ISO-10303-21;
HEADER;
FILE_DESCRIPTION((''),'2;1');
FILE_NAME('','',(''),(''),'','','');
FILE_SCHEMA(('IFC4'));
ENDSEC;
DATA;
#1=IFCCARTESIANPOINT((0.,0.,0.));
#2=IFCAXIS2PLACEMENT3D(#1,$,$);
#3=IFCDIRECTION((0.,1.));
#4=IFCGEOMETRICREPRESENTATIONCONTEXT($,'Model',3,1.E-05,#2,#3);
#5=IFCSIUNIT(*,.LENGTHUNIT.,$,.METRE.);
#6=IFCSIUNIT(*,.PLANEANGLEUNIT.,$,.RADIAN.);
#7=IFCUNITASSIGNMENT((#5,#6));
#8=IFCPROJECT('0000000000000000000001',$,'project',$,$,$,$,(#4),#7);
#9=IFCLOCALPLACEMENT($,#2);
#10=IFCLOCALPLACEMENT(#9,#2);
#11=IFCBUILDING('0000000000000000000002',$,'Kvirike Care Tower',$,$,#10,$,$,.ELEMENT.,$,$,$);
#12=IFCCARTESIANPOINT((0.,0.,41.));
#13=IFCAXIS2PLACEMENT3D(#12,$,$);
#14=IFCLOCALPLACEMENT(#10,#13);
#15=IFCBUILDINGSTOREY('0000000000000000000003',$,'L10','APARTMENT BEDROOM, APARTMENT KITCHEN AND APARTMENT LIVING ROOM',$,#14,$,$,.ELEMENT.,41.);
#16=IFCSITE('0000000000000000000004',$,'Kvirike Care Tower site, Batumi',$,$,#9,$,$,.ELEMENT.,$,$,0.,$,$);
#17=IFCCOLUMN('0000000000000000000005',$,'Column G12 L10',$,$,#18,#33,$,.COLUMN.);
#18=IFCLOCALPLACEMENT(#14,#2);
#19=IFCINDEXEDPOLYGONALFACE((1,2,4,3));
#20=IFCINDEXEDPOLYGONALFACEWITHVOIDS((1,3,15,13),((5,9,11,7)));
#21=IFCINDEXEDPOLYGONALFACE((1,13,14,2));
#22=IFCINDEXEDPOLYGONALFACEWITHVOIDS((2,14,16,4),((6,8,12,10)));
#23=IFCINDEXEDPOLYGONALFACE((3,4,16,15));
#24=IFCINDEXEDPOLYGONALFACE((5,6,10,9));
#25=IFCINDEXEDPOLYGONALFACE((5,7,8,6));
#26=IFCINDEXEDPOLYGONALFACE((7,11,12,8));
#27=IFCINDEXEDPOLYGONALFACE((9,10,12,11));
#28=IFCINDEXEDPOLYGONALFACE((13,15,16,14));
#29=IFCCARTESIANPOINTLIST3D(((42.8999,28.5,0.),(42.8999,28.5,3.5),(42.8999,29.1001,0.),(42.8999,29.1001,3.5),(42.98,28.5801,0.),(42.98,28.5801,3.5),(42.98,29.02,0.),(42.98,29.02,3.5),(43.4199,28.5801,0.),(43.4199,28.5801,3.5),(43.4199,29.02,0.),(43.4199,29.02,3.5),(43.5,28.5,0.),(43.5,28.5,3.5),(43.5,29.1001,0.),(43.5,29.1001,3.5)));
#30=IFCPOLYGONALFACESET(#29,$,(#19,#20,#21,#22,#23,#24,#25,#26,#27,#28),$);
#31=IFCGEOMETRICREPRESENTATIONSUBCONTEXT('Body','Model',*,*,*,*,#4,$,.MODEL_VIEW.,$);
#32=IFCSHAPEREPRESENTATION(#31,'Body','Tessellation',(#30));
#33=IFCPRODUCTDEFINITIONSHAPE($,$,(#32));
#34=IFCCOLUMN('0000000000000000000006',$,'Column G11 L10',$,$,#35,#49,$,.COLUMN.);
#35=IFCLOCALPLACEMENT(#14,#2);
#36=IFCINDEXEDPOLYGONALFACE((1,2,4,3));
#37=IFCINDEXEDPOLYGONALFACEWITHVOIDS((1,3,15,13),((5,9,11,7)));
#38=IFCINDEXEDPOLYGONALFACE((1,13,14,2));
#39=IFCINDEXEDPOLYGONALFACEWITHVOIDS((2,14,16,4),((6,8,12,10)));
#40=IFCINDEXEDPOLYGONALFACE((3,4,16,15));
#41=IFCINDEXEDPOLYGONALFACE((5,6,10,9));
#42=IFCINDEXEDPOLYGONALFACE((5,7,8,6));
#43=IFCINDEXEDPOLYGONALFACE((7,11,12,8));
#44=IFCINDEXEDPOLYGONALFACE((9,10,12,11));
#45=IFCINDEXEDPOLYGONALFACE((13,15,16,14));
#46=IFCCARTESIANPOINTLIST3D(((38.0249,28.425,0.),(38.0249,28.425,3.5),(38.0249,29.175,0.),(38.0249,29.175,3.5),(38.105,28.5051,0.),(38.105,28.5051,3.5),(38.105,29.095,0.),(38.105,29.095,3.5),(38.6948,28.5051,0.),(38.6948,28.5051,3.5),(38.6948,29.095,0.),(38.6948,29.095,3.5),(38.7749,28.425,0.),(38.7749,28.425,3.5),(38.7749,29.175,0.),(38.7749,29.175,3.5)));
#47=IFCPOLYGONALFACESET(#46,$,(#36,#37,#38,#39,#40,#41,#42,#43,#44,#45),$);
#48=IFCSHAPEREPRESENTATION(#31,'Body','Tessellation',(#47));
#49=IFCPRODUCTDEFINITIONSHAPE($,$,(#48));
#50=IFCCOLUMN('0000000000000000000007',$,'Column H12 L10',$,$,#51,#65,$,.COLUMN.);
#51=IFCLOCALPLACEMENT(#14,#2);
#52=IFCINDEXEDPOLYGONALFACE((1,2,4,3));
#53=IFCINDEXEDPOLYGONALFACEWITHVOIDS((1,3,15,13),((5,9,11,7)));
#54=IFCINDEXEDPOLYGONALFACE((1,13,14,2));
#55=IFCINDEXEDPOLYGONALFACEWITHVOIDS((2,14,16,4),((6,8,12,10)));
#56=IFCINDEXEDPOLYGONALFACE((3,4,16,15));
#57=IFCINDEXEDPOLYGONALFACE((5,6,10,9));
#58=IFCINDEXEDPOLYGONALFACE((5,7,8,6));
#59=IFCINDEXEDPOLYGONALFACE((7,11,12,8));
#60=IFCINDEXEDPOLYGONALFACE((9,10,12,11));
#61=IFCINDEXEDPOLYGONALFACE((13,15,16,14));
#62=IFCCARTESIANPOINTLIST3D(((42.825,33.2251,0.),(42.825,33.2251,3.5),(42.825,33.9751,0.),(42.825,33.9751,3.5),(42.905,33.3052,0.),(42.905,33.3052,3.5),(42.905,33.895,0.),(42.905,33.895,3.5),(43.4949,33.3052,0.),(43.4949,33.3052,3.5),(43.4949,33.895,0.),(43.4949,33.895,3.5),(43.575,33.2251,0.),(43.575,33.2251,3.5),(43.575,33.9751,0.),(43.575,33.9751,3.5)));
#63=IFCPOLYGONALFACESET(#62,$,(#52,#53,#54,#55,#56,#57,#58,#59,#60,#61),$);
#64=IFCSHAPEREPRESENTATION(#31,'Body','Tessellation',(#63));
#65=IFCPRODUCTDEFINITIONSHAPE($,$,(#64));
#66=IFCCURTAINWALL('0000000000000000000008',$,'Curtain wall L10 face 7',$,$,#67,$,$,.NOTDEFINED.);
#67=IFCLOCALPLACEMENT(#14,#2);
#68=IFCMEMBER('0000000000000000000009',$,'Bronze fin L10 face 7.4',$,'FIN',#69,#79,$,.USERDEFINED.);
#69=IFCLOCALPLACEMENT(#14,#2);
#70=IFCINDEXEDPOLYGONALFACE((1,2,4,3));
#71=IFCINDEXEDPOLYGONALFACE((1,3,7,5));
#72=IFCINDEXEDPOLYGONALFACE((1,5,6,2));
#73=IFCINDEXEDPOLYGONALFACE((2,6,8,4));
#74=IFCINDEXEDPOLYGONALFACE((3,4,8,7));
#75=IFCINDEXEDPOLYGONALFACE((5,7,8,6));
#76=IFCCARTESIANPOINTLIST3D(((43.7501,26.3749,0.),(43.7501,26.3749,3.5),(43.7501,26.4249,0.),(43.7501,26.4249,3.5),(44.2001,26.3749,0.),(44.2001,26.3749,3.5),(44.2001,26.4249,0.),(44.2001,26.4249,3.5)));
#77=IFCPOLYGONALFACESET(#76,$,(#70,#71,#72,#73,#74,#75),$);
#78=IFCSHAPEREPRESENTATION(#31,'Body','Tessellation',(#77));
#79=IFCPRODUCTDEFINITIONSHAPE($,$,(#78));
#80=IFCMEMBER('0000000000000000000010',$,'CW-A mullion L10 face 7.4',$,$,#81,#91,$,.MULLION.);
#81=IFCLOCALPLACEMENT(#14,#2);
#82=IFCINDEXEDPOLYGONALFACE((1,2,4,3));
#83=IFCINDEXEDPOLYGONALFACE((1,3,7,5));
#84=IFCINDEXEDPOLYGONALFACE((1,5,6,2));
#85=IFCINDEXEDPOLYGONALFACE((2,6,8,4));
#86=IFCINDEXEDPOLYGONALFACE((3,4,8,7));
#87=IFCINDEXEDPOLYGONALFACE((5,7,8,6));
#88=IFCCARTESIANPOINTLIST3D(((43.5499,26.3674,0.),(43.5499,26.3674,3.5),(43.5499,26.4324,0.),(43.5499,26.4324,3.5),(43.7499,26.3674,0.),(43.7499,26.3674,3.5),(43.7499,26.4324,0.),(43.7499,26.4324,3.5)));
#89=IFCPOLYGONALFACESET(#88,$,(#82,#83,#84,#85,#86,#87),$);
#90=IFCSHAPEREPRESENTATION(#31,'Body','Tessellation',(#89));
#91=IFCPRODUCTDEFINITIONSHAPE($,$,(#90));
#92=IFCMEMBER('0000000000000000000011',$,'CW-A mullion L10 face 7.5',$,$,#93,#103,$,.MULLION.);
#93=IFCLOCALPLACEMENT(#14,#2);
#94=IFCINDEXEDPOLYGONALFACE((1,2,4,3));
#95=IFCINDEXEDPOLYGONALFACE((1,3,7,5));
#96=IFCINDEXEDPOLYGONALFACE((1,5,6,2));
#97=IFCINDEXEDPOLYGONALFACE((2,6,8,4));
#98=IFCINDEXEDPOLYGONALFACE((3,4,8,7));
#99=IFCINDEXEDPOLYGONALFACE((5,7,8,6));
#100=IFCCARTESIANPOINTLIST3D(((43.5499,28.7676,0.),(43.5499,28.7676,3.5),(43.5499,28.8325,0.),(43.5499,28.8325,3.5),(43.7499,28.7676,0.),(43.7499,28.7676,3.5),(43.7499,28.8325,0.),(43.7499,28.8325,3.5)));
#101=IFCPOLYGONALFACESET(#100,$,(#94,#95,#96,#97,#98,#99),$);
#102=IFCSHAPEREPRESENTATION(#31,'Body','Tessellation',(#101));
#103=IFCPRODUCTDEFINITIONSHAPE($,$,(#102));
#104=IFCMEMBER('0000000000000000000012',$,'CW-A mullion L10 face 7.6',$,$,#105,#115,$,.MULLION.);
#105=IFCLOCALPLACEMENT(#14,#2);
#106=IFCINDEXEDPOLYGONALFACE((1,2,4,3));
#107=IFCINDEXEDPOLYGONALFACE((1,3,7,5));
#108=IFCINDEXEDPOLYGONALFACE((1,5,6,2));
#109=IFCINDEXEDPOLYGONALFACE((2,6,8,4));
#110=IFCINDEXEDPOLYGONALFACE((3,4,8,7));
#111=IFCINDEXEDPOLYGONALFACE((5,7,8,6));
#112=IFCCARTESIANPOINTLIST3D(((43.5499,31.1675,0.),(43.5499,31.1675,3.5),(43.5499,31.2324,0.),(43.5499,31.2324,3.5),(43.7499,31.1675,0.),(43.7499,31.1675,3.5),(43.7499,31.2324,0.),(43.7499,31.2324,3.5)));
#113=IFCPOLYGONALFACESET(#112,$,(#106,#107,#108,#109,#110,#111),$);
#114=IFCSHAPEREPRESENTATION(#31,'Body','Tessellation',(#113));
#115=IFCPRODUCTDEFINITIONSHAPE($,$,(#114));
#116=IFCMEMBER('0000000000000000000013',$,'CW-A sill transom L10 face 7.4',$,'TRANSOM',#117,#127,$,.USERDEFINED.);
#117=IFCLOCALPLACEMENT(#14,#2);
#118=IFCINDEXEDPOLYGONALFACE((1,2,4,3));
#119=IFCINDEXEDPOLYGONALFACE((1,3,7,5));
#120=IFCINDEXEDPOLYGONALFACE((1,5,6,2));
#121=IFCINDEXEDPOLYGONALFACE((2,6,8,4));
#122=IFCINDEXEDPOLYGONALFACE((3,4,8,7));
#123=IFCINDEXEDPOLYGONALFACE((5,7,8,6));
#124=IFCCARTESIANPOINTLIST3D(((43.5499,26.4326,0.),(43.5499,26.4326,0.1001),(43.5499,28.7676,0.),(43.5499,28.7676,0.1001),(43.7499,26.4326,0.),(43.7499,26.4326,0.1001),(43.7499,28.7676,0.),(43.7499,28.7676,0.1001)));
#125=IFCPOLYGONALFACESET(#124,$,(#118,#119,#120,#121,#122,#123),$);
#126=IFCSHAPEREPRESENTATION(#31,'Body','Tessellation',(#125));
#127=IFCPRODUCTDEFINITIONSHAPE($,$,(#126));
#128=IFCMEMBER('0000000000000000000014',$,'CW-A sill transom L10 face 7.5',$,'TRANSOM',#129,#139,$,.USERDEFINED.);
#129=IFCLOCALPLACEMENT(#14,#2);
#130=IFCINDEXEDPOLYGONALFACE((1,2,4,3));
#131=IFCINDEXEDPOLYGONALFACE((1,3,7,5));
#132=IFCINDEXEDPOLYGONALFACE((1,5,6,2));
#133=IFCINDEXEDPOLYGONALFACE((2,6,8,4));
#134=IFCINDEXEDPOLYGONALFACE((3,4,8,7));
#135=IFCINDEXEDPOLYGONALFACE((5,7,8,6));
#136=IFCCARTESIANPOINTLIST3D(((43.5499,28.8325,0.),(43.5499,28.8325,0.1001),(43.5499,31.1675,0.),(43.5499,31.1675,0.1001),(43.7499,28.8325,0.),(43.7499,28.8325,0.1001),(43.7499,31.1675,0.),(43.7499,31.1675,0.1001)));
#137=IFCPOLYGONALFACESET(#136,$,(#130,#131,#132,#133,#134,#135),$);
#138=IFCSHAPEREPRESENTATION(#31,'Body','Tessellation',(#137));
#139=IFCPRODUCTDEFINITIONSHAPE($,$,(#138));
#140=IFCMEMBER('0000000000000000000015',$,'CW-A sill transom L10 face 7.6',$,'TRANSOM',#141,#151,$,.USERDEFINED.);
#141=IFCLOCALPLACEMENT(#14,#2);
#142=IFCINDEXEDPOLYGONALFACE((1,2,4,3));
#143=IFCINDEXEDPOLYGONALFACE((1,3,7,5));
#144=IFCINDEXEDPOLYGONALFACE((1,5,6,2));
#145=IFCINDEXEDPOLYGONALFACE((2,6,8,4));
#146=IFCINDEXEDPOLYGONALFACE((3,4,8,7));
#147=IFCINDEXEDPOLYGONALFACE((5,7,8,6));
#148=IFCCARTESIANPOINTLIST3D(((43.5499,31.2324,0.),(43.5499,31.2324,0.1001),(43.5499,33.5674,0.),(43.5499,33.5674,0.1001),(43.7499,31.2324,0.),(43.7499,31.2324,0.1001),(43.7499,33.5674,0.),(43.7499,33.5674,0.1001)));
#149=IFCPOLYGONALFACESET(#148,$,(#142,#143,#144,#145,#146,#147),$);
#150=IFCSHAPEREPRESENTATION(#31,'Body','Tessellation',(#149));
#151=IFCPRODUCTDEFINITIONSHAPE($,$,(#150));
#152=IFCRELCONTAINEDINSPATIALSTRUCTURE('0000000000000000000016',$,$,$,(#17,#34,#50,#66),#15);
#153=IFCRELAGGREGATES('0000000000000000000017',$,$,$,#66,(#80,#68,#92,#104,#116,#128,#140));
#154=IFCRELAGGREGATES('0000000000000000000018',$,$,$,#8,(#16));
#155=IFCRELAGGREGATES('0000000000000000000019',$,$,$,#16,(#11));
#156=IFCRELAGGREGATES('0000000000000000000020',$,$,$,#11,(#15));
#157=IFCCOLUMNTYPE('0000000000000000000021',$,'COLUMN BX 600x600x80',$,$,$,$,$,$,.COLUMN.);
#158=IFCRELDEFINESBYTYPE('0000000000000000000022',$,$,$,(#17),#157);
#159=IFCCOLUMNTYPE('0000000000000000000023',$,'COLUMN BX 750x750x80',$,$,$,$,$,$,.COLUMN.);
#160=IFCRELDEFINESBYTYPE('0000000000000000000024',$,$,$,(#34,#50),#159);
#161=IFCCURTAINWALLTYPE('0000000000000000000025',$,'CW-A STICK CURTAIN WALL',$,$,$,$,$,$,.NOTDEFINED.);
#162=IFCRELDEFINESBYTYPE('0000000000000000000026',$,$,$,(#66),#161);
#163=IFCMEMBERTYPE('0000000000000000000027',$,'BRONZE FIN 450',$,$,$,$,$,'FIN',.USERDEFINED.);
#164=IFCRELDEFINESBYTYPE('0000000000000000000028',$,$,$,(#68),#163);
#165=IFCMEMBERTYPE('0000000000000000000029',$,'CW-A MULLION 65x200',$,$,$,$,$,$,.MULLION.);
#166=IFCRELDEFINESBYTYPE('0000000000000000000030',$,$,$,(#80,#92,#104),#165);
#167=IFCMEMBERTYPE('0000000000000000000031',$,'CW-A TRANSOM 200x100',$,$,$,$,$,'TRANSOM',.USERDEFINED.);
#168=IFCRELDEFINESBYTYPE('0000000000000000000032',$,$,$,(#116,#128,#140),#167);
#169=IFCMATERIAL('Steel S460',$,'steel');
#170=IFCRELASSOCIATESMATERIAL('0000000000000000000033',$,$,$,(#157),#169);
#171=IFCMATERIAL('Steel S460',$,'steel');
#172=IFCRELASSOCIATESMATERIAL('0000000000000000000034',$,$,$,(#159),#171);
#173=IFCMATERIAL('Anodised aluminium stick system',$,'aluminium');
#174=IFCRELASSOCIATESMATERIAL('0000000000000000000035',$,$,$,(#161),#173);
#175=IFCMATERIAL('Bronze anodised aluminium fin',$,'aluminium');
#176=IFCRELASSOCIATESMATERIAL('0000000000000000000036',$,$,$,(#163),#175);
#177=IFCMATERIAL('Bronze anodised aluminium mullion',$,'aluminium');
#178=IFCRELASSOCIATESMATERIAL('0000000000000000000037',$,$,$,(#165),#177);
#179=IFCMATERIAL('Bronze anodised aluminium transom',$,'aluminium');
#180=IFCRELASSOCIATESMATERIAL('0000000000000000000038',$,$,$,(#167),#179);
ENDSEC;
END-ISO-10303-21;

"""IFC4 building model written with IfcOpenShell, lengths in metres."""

from ifc_helpers import new_model, si_unit, direction, frame, origin, origin_2d, place, context, subcontext, project, spatial, rectangle, hollow_rectangle, extrude, material, material_profile, profile_set, type_object, element, aggregate, save


model = new_model("IFC4")

# Units and contexts
model_context = context("Model", 3, precision=1e-05, world=origin(), true_north=direction((0.0, 1.0)))
body_context = subcontext(model_context, "Body", "Model", "MODEL_VIEW")
ifc_project = project(units=[si_unit("LENGTHUNIT", "METRE"), si_unit("PLANEANGLEUNIT", "RADIAN")], contexts=[model_context])

# Site, building, storey
site_placement = place(None, origin())
site = spatial("IfcSite", under=ifc_project, at=site_placement, Name="Kvirike Care Tower site, Batumi", CompositionType="ELEMENT", RefElevation=0.0)
building_placement = place(site_placement, origin())
building = spatial("IfcBuilding", under=site, at=building_placement, Name="Kvirike Care Tower", CompositionType="ELEMENT")
storey_placement = place(building_placement, frame((0.0, 0.0, 41.0)))
storey = spatial("IfcBuildingStorey", under=building, at=storey_placement, Name="L10", Description="APARTMENT BEDROOM, APARTMENT KITCHEN AND APARTMENT LIVING ROOM", CompositionType="ELEMENT", Elevation=41.0)

# Columns
ifc_material_1 = material(Name="Steel S460", Category="steel")
ifc_material_profile_1 = material_profile(ifc_material_1, hollow_rectangle(XDim=0.6001, YDim=0.6001, WallThickness=0.0801, at=origin_2d()), Name="BX 600x600x80")
ifc_profile_set_1 = profile_set([ifc_material_profile_1], Name="Steel S460")
column_type_1 = type_object("IfcColumnType", Name="COLUMN BX 600x600x80", PredefinedType="COLUMN", material=ifc_profile_set_1)
column_placement = place(storey_placement, frame((43.2, 28.8, 0.0), z_axis=(0.0, 0.0, 1.0), x_axis=(0.0, 1.0, 0.0)))
element("IfcColumn", 1, at=column_placement, inside=storey, type_object=column_type_1, Name="Column G12 L10", PredefinedType="COLUMN", context=body_context, shape_type="SweptSolid", body=[
    extrude(hollow_rectangle(XDim=0.6001, YDim=0.6001, WallThickness=0.0801, at=origin_2d()), origin(), (0.0, 0.0, 1.0), 3.5),
])
ifc_material_2 = material(Name="Steel S460", Category="steel")
ifc_material_profile_2 = material_profile(ifc_material_2, hollow_rectangle(XDim=0.75, YDim=0.75, WallThickness=0.0801, at=origin_2d()), Name="BX 750x750x80")
ifc_profile_set_2 = profile_set([ifc_material_profile_2], Name="Steel S460")
column_type_2 = type_object("IfcColumnType", Name="COLUMN BX 750x750x80", PredefinedType="COLUMN", material=ifc_profile_set_2)
for number, where, z_axis, x_axis, name in (
    (2, (38.3999, 28.8, 0.0), (0.0, 0.0, 1.0), (0.0, 1.0, 0.0), "Column G11 L10"),
    (3, (43.2, 33.6001, 0.0), (0.0, 0.0, 1.0), (1.0, 0.0, 0.0), "Column H12 L10"),
):
    element("IfcColumn", number, at=place(storey_placement, frame(where, z_axis=z_axis, x_axis=x_axis)), inside=storey, type_object=column_type_2, Name=name, PredefinedType="COLUMN", context=body_context, shape_type="SweptSolid", body=[
        extrude(hollow_rectangle(XDim=0.75, YDim=0.75, WallThickness=0.0801, at=origin_2d()), origin(), (0.0, 0.0, 1.0), 3.5),
    ])

# Curtain wall, members
ifc_material_3 = material(Name="Anodised aluminium stick system", Category="aluminium")
curtain_wall_type = type_object("IfcCurtainWallType", Name="CW-A STICK CURTAIN WALL", PredefinedType="NOTDEFINED", material=ifc_material_3)
curtain_wall_placement = place(storey_placement, origin())
curtain_wall = element("IfcCurtainWall", 4, at=curtain_wall_placement, inside=storey, type_object=curtain_wall_type, Name="Curtain wall L10 face 7", PredefinedType="NOTDEFINED")
ifc_material_4 = material(Name="Bronze anodised aluminium fin", Category="aluminium")
ifc_material_profile_3 = material_profile(ifc_material_4, rectangle(XDim=0.05, YDim=0.45, at=origin_2d()), Name="BRONZE FIN 450")
ifc_profile_set_3 = profile_set([ifc_material_profile_3], Name="Bronze anodised aluminium fin")
member_type_1 = type_object("IfcMemberType", Name="BRONZE FIN 450", ElementType="FIN", PredefinedType="USERDEFINED", material=ifc_profile_set_3)
member_1_placement = place(storey_placement, frame((43.9751, 26.3999, 0.0), z_axis=(0.0, 0.0, 1.0), x_axis=(0.0, 1.0, 0.0)))
member_1 = element("IfcMember", 5, at=member_1_placement, type_object=member_type_1, Name="Bronze fin L10 face 7.4", ObjectType="FIN", PredefinedType="USERDEFINED", context=body_context, shape_type="SweptSolid", body=[
    extrude(rectangle(XDim=0.05, YDim=0.45, at=origin_2d()), origin(), (0.0, 0.0, 1.0), 3.5),
])
ifc_material_5 = material(Name="Bronze anodised aluminium mullion", Category="aluminium")
ifc_material_profile_4 = material_profile(ifc_material_5, rectangle(XDim=0.0649, YDim=0.2, at=origin_2d()), Name="CW-A MULLION 65x200")
ifc_profile_set_4 = profile_set([ifc_material_profile_4], Name="Bronze anodised aluminium mullion")
member_type_2 = type_object("IfcMemberType", Name="CW-A MULLION 65x200", PredefinedType="MULLION", material=ifc_profile_set_4)
member_2_placement = place(storey_placement, frame((43.6499, 26.3999, 0.0), z_axis=(0.0, 0.0, 1.0), x_axis=(0.0, 1.0, 0.0)))
member_2 = element("IfcMember", 6, at=member_2_placement, type_object=member_type_2, Name="CW-A mullion L10 face 7.4", PredefinedType="MULLION", context=body_context, shape_type="SweptSolid", body=[
    extrude(rectangle(XDim=0.0649, YDim=0.2, at=origin_2d()), origin(), (0.0, 0.0, 1.0), 3.5),
])
member_3_placement = place(storey_placement, frame((43.6499, 28.8, 0.0), z_axis=(0.0, 0.0, 1.0), x_axis=(0.0, 1.0, 0.0)))
member_3 = element("IfcMember", 7, at=member_3_placement, type_object=member_type_2, Name="CW-A mullion L10 face 7.5", PredefinedType="MULLION", context=body_context, shape_type="SweptSolid", body=[
    extrude(rectangle(XDim=0.0649, YDim=0.2, at=origin_2d()), origin(), (0.0, 0.0, 1.0), 3.5),
])
member_4_placement = place(storey_placement, frame((43.6499, 31.2, 0.0), z_axis=(0.0, 0.0, 1.0), x_axis=(0.0, 1.0, 0.0)))
member_4 = element("IfcMember", 8, at=member_4_placement, type_object=member_type_2, Name="CW-A mullion L10 face 7.6", PredefinedType="MULLION", context=body_context, shape_type="SweptSolid", body=[
    extrude(rectangle(XDim=0.0649, YDim=0.2, at=origin_2d()), origin(), (0.0, 0.0, 1.0), 3.5),
])
ifc_material_6 = material(Name="Bronze anodised aluminium transom", Category="aluminium")
ifc_material_profile_5 = material_profile(ifc_material_6, rectangle(XDim=0.2, YDim=0.1001, at=origin_2d()), Name="CW-A TRANSOM 200x100")
ifc_profile_set_5 = profile_set([ifc_material_profile_5], Name="Bronze anodised aluminium transom")
member_type_3 = type_object("IfcMemberType", Name="CW-A TRANSOM 200x100", ElementType="TRANSOM", PredefinedType="USERDEFINED", material=ifc_profile_set_5)
member_5_placement = place(storey_placement, frame((43.6499, 26.4326, 0.05), z_axis=(0.0, 1.0, 0.0), x_axis=(-1.0, 0.0, 0.0)))
member_5 = element("IfcMember", 9, at=member_5_placement, type_object=member_type_3, Name="CW-A sill transom L10 face 7.4", ObjectType="TRANSOM", PredefinedType="USERDEFINED", context=body_context, shape_type="SweptSolid", body=[
    extrude(rectangle(XDim=0.2, YDim=0.1001, at=origin_2d()), origin(), (0.0, 0.0, 1.0), 2.335),
])
member_6_placement = place(storey_placement, frame((43.6499, 28.8325, 0.05), z_axis=(0.0, 1.0, 0.0), x_axis=(-1.0, 0.0, 0.0)))
member_6 = element("IfcMember", 10, at=member_6_placement, type_object=member_type_3, Name="CW-A sill transom L10 face 7.5", ObjectType="TRANSOM", PredefinedType="USERDEFINED", context=body_context, shape_type="SweptSolid", body=[
    extrude(rectangle(XDim=0.2, YDim=0.1001, at=origin_2d()), origin(), (0.0, 0.0, 1.0), 2.335),
])
member_7_placement = place(storey_placement, frame((43.6499, 31.2324, 0.05), z_axis=(0.0, 1.0, 0.0), x_axis=(-1.0, 0.0, 0.0)))
member_7 = element("IfcMember", 11, at=member_7_placement, type_object=member_type_3, Name="CW-A sill transom L10 face 7.6", ObjectType="TRANSOM", PredefinedType="USERDEFINED", context=body_context, shape_type="SweptSolid", body=[
    extrude(rectangle(XDim=0.2, YDim=0.1001, at=origin_2d()), origin(), (0.0, 0.0, 1.0), 2.335),
])

aggregate(curtain_wall, [member_2, member_1, member_3, member_4, member_5, member_6, member_7])

save(model, "model.ifc")
